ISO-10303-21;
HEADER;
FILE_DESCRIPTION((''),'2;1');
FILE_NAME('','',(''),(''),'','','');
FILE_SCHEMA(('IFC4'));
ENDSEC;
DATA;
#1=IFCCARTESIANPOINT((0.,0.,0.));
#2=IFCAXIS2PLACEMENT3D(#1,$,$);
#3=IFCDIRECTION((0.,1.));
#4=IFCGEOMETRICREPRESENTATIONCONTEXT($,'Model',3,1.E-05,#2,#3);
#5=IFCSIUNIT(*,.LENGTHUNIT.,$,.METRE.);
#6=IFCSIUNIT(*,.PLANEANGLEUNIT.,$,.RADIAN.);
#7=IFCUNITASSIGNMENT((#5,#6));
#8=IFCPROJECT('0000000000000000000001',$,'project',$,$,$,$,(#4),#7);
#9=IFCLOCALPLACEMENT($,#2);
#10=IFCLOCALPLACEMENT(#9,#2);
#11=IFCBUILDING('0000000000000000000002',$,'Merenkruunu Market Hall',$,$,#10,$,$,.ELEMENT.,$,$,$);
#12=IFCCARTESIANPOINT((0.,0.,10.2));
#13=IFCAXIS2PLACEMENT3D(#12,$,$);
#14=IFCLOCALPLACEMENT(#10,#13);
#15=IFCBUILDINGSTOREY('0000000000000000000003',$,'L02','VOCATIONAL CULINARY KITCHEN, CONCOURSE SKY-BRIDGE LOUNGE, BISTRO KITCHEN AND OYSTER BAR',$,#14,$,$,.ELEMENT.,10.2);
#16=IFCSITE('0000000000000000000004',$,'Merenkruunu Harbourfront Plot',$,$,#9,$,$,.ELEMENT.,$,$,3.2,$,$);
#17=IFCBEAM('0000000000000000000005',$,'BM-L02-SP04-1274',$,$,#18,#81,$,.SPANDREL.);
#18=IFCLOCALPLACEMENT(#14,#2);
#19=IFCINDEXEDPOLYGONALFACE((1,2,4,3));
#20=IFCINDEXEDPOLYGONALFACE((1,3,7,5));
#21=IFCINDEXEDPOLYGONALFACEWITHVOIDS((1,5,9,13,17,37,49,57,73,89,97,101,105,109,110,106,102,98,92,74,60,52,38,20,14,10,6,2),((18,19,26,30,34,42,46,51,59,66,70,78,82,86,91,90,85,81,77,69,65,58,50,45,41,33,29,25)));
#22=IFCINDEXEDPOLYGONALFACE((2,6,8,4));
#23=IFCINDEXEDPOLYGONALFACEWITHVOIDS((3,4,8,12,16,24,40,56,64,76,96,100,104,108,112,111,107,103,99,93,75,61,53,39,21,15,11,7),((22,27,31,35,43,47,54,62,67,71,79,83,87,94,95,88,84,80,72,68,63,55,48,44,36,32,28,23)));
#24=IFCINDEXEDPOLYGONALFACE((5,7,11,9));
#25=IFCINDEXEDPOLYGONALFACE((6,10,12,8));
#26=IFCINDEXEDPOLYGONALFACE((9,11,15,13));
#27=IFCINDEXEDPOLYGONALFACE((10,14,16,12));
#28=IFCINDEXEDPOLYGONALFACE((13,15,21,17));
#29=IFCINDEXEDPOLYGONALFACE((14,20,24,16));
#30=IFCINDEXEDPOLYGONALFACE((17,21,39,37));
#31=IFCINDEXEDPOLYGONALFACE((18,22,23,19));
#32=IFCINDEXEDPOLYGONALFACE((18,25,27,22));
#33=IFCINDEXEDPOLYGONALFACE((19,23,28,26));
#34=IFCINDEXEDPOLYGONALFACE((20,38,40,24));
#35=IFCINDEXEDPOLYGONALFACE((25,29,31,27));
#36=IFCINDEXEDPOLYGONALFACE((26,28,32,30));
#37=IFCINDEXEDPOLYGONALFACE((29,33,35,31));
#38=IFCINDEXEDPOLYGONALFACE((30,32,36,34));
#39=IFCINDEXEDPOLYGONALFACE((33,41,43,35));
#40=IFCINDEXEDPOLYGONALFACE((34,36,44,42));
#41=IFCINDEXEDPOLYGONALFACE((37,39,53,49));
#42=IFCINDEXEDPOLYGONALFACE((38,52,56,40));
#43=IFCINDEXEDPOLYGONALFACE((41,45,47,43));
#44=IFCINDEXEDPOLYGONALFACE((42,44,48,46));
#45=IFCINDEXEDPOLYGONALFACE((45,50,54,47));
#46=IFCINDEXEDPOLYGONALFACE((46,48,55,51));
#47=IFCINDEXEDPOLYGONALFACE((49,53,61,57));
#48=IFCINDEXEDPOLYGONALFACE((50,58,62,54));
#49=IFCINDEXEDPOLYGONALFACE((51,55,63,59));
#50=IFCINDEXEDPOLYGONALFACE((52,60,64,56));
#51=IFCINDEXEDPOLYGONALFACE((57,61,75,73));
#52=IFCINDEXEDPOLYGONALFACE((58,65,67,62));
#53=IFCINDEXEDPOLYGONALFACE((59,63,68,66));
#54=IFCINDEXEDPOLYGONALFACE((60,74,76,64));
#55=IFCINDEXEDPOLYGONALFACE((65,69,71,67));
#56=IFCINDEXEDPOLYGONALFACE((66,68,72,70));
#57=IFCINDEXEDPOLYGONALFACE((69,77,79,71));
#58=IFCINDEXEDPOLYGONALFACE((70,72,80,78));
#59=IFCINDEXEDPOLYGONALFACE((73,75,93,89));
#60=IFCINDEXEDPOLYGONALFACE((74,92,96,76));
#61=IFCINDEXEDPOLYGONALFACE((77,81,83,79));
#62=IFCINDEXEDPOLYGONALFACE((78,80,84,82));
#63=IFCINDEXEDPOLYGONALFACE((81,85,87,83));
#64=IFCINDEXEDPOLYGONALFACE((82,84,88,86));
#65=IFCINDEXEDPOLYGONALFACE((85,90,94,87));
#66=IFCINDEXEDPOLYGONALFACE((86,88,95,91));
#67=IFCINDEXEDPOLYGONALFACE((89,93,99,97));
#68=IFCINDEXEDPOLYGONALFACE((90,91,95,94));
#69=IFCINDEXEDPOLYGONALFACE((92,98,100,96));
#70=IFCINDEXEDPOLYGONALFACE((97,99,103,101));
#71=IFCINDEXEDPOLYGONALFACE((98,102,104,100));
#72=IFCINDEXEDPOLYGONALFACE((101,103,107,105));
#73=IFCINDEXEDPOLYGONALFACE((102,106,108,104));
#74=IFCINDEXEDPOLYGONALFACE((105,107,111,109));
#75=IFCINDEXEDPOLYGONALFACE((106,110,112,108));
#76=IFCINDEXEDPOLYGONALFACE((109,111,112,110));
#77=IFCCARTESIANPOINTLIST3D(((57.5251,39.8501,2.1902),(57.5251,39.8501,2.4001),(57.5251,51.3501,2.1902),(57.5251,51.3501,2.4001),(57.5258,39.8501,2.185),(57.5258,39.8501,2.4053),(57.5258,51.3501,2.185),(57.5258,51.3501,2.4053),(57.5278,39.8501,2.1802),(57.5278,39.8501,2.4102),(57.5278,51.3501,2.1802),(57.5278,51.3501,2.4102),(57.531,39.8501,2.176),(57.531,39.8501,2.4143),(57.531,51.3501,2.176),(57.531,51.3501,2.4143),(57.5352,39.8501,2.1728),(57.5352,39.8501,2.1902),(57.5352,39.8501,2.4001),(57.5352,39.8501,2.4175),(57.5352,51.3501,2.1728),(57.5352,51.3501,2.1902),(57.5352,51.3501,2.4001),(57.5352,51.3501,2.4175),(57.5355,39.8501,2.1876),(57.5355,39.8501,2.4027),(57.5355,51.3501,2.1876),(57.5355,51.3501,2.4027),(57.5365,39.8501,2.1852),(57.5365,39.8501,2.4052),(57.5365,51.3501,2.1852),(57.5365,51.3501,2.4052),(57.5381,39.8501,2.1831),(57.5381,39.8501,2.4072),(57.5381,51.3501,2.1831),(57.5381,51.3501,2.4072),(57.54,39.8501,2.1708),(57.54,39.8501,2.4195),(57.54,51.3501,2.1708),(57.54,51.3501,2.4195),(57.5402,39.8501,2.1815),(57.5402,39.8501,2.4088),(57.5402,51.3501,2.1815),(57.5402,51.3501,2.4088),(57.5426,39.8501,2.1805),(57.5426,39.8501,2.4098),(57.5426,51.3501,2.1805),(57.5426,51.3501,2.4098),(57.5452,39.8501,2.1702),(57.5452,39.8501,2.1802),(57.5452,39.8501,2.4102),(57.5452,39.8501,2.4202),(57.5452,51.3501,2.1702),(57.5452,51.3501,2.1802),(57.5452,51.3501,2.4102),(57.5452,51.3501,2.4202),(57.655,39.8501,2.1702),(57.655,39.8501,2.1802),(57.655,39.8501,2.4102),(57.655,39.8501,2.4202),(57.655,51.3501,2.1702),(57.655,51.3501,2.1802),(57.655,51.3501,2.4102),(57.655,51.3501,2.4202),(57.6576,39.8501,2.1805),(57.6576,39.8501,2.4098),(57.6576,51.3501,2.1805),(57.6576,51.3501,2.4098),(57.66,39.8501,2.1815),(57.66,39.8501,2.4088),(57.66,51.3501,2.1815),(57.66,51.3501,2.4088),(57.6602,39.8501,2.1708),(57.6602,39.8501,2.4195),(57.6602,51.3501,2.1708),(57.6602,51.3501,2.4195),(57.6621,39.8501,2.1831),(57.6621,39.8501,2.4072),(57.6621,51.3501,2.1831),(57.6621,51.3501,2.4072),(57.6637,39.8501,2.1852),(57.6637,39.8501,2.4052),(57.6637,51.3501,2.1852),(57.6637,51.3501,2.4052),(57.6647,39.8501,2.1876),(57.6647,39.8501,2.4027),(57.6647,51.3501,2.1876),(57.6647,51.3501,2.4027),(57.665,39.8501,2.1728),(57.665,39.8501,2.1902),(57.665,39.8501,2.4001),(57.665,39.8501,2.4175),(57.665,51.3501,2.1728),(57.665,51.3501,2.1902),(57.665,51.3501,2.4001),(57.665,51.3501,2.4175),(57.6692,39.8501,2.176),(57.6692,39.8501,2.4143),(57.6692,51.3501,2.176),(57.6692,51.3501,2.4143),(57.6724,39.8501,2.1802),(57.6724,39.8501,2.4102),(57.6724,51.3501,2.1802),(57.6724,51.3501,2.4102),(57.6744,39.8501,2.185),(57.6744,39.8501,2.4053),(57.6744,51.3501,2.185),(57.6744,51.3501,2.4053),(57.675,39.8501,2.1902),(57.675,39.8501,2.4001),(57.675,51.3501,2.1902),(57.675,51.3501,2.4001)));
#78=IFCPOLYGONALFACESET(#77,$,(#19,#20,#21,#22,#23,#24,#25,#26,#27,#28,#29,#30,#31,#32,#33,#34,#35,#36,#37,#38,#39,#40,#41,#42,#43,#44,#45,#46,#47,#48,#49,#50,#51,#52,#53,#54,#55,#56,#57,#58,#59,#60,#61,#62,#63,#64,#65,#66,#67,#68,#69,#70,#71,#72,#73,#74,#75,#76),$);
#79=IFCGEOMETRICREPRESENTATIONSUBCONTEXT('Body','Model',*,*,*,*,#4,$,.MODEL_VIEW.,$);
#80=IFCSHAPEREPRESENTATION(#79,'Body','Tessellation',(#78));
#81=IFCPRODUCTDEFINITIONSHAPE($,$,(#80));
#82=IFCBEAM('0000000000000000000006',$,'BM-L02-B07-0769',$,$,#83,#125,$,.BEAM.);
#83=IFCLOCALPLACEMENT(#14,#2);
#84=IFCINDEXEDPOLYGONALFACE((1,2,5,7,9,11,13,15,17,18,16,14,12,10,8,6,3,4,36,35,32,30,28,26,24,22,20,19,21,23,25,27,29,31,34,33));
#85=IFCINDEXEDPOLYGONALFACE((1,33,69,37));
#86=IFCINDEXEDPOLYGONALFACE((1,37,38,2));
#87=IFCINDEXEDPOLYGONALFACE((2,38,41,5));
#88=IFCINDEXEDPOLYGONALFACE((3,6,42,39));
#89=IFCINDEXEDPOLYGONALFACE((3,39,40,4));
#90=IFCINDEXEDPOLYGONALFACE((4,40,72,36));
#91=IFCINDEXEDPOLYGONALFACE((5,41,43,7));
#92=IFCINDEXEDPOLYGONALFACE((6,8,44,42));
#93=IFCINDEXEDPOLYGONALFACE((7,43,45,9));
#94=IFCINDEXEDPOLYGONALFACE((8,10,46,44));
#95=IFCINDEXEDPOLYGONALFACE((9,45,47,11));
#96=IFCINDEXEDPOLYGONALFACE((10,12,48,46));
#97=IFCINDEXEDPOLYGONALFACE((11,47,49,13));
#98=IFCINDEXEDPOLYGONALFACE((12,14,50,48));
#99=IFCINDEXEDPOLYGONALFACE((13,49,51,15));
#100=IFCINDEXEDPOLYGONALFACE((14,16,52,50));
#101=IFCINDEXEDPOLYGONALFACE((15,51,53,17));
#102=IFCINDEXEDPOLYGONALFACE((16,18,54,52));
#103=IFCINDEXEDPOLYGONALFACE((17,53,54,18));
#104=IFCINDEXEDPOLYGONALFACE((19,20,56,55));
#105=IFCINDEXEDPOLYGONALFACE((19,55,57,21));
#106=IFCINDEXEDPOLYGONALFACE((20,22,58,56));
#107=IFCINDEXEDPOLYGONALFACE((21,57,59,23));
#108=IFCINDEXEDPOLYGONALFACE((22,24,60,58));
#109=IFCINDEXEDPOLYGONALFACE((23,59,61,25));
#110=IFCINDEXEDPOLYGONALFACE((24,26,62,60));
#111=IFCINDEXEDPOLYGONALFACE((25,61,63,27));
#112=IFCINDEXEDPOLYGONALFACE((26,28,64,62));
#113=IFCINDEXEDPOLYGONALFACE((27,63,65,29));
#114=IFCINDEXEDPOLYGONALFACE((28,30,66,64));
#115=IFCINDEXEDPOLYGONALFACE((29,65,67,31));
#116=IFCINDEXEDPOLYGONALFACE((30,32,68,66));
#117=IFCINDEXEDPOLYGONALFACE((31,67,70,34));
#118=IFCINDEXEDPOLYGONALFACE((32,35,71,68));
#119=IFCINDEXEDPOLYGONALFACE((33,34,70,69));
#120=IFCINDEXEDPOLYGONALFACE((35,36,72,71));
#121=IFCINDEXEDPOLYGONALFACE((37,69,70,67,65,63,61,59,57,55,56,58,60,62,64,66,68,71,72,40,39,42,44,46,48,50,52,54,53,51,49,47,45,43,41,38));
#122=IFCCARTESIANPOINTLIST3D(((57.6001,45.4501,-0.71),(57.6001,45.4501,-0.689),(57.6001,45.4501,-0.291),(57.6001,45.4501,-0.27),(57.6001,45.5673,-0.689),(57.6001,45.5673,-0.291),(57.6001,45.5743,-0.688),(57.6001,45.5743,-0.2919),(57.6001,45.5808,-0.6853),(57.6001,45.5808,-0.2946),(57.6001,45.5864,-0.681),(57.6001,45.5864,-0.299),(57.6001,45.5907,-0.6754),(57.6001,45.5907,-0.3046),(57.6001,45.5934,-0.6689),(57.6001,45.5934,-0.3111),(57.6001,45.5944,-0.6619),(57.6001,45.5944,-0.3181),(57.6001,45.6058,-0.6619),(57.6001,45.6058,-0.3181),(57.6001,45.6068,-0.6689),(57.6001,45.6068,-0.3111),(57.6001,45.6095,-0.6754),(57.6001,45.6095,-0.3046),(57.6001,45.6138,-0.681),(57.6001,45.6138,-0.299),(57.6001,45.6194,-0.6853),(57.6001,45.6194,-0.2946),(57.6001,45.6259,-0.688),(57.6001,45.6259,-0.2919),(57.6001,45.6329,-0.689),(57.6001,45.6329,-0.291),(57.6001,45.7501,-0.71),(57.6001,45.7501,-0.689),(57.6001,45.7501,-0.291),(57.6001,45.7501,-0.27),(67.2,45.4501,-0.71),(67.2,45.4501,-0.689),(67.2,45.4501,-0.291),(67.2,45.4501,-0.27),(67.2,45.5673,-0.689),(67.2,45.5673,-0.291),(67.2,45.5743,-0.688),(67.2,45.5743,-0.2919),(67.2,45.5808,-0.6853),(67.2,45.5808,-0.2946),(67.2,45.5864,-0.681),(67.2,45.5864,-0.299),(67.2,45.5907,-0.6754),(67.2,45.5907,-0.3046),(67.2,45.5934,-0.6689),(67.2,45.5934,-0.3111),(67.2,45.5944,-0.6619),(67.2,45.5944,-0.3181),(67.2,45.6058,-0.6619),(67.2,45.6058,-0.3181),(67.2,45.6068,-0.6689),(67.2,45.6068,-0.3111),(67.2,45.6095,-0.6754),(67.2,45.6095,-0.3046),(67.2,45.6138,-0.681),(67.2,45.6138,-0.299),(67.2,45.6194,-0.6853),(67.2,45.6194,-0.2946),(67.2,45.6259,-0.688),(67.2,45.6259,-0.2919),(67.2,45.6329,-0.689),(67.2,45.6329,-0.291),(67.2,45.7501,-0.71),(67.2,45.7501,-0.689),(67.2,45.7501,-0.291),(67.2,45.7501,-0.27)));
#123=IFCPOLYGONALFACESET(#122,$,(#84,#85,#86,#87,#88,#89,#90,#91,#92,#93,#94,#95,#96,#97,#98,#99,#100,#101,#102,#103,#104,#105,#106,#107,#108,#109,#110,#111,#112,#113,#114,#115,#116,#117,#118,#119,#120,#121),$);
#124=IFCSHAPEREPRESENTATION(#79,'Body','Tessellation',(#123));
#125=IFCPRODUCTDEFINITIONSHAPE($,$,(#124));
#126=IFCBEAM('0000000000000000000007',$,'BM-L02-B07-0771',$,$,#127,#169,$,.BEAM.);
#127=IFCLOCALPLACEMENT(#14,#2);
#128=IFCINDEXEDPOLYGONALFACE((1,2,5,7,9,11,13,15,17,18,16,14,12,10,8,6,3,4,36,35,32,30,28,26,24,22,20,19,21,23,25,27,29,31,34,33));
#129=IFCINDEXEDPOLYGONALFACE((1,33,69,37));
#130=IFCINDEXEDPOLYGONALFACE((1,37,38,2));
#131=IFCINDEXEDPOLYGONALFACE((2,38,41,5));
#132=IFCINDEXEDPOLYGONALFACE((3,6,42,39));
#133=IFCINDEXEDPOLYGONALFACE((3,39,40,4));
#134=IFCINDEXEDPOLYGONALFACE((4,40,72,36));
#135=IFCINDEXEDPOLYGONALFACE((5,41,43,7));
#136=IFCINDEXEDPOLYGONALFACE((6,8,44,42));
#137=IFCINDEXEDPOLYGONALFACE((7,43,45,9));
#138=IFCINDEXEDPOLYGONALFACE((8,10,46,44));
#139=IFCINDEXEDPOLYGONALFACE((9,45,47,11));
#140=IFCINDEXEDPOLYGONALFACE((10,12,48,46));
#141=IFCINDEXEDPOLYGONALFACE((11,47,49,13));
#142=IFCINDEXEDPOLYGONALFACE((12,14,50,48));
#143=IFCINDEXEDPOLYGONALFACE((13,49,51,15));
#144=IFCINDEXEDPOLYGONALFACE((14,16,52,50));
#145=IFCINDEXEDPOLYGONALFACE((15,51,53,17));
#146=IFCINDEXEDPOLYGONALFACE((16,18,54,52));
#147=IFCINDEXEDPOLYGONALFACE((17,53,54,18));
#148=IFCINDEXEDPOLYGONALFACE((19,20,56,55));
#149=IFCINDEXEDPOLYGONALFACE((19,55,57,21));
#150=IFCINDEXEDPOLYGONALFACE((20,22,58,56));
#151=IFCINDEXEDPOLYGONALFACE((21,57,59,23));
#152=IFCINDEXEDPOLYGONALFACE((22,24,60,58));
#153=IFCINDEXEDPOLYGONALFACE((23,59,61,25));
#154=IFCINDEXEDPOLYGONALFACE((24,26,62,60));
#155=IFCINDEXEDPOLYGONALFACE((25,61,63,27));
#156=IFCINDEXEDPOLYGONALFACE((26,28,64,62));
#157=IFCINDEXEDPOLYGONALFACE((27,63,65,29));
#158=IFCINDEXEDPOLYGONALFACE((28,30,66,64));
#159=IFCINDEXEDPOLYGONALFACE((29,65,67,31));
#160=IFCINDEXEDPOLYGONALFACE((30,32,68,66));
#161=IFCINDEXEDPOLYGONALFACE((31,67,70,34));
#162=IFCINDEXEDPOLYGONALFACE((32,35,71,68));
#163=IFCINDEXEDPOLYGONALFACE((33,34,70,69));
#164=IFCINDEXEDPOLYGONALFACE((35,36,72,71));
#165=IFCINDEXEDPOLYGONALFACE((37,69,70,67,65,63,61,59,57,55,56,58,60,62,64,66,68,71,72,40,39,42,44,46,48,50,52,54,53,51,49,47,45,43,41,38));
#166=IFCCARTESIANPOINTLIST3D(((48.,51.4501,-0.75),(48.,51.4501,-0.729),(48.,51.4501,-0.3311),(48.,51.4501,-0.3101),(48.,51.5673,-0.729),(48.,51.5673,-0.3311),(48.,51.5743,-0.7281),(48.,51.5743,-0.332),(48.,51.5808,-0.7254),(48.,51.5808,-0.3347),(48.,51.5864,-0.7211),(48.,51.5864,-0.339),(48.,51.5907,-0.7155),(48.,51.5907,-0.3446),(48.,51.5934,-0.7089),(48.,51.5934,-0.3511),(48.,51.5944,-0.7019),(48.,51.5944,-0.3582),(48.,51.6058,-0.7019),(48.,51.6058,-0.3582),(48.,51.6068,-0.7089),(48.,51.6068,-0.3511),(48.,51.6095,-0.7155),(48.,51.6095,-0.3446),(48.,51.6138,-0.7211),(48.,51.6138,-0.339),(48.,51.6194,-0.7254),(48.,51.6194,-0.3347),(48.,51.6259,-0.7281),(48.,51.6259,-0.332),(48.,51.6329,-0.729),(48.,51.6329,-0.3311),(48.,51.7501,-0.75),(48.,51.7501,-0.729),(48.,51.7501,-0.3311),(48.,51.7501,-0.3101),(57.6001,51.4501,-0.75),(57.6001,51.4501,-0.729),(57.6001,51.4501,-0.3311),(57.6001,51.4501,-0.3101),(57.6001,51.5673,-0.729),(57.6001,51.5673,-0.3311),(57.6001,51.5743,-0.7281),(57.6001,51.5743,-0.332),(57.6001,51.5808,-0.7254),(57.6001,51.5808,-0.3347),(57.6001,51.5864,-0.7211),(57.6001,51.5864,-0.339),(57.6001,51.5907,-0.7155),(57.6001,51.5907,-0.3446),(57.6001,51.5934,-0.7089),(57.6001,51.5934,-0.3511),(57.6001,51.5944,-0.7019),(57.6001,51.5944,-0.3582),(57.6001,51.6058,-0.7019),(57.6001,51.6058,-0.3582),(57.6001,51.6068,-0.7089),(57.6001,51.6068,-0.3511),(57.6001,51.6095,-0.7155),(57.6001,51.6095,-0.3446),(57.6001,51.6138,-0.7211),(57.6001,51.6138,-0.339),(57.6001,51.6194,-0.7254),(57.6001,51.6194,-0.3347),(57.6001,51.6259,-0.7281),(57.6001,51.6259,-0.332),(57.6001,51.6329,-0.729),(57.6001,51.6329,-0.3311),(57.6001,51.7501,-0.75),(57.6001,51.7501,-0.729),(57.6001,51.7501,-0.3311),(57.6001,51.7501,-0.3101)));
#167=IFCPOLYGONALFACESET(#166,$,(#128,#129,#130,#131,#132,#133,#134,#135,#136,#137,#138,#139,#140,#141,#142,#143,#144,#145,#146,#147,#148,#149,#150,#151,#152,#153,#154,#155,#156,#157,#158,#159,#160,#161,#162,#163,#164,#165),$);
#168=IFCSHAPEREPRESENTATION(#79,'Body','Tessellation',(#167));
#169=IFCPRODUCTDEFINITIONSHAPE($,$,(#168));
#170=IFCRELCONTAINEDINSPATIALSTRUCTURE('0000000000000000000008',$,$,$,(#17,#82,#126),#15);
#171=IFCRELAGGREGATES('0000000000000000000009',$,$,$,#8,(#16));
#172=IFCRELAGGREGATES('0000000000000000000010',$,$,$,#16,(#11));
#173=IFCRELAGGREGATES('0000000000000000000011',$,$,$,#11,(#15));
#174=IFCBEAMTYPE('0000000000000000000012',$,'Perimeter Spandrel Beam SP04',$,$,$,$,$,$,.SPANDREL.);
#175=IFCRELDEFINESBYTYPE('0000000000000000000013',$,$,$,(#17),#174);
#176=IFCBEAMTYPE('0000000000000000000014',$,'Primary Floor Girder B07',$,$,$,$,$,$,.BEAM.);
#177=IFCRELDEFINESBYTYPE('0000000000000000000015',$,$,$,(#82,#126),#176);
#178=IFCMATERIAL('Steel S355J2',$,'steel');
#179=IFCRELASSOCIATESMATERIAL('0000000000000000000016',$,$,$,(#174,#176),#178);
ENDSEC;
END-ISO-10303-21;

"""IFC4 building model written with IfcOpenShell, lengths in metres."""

from ifc_helpers import new_model, si_unit, direction, frame, origin, origin_2d, place, context, subcontext, project, spatial, hollow_rectangle, i_section, extrude, material, material_profile, profile_set, type_object, element, save


model = new_model("IFC4")

# Units and contexts
model_context = context("Model", 3, precision=1e-05, world=origin(), true_north=direction((0.0, 1.0)))
body_context = subcontext(model_context, "Body", "Model", "MODEL_VIEW")
ifc_project = project(units=[si_unit("LENGTHUNIT", "METRE"), si_unit("PLANEANGLEUNIT", "RADIAN")], contexts=[model_context])

# Site, building, storey
site_placement = place(None, origin())
site = spatial("IfcSite", under=ifc_project, at=site_placement, Name="Merenkruunu Harbourfront Plot", CompositionType="ELEMENT", RefElevation=3.2)
building_placement = place(site_placement, origin())
building = spatial("IfcBuilding", under=site, at=building_placement, Name="Merenkruunu Market Hall", CompositionType="ELEMENT")
storey_placement = place(building_placement, frame((0.0, 0.0, 10.2)))
storey = spatial("IfcBuildingStorey", under=building, at=storey_placement, Name="L02", Description="VOCATIONAL CULINARY KITCHEN, CONCOURSE SKY-BRIDGE LOUNGE, BISTRO KITCHEN AND OYSTER BAR", CompositionType="ELEMENT", Elevation=10.2)

# Shared definitions
ifc_material_1 = material(Name="Steel S355J2", Category="steel")

# Beams
ifc_material_profile_1 = material_profile(ifc_material_1, hollow_rectangle(XDim=0.1499, YDim=0.25, WallThickness=0.01, InnerFilletRadius=0.01, OuterFilletRadius=0.02, at=origin_2d()), Name="RHS 250x150x10")
ifc_profile_set_1 = profile_set([ifc_material_profile_1], Name="Steel S355J2")
beam_type_1 = type_object("IfcBeamType", Name="Perimeter Spandrel Beam SP04", PredefinedType="SPANDREL", material=ifc_profile_set_1)
beam_1_placement = place(storey_placement, frame((57.6001, 39.8501, 2.2952), z_axis=(0.0, 1.0, 0.0), x_axis=(-1.0, 0.0, 0.0)))
element("IfcBeam", 1, at=beam_1_placement, inside=storey, type_object=beam_type_1, Name="BM-L02-SP04-1274", PredefinedType="SPANDREL", context=body_context, shape_type="SweptSolid", body=[
    extrude(hollow_rectangle(XDim=0.1499, YDim=0.25, WallThickness=0.01, InnerFilletRadius=0.01, OuterFilletRadius=0.02, at=origin_2d()), origin(), (0.0, 0.0, 1.0), 11.5),
])
ifc_material_profile_2 = material_profile(ifc_material_1, i_section(OverallWidth=0.3, OverallDepth=0.4399, WebThickness=0.0115, FlangeThickness=0.021, FilletRadius=0.0271, at=origin_2d()), Name="HEA 450")
ifc_profile_set_2 = profile_set([ifc_material_profile_2], Name="Steel S355J2")
beam_type_2 = type_object("IfcBeamType", Name="Primary Floor Girder B07", PredefinedType="BEAM", material=ifc_profile_set_2)
beam_2_placement = place(storey_placement, frame((57.6001, 45.6001, -0.49), z_axis=(1.0, 0.0, 0.0), x_axis=(0.0, 1.0, 0.0)))
element("IfcBeam", 2, at=beam_2_placement, inside=storey, type_object=beam_type_2, Name="BM-L02-B07-0769", PredefinedType="BEAM", context=body_context, shape_type="SweptSolid", body=[
    extrude(i_section(OverallWidth=0.3, OverallDepth=0.4399, WebThickness=0.0115, FlangeThickness=0.021, FilletRadius=0.0271, at=origin_2d()), origin(), (0.0, 0.0, 1.0), 9.5999),
])
beam_3_placement = place(storey_placement, frame((48.0, 51.6001, -0.53), z_axis=(1.0, 0.0, 0.0), x_axis=(0.0, 1.0, 0.0)))
element("IfcBeam", 3, at=beam_3_placement, inside=storey, type_object=beam_type_2, Name="BM-L02-B07-0771", PredefinedType="BEAM", context=body_context, shape_type="SweptSolid", body=[
    extrude(i_section(OverallWidth=0.3, OverallDepth=0.4399, WebThickness=0.0115, FlangeThickness=0.021, FilletRadius=0.0271, at=origin_2d()), origin(), (0.0, 0.0, 1.0), 9.6001),
])

save(model, "model.ifc")
